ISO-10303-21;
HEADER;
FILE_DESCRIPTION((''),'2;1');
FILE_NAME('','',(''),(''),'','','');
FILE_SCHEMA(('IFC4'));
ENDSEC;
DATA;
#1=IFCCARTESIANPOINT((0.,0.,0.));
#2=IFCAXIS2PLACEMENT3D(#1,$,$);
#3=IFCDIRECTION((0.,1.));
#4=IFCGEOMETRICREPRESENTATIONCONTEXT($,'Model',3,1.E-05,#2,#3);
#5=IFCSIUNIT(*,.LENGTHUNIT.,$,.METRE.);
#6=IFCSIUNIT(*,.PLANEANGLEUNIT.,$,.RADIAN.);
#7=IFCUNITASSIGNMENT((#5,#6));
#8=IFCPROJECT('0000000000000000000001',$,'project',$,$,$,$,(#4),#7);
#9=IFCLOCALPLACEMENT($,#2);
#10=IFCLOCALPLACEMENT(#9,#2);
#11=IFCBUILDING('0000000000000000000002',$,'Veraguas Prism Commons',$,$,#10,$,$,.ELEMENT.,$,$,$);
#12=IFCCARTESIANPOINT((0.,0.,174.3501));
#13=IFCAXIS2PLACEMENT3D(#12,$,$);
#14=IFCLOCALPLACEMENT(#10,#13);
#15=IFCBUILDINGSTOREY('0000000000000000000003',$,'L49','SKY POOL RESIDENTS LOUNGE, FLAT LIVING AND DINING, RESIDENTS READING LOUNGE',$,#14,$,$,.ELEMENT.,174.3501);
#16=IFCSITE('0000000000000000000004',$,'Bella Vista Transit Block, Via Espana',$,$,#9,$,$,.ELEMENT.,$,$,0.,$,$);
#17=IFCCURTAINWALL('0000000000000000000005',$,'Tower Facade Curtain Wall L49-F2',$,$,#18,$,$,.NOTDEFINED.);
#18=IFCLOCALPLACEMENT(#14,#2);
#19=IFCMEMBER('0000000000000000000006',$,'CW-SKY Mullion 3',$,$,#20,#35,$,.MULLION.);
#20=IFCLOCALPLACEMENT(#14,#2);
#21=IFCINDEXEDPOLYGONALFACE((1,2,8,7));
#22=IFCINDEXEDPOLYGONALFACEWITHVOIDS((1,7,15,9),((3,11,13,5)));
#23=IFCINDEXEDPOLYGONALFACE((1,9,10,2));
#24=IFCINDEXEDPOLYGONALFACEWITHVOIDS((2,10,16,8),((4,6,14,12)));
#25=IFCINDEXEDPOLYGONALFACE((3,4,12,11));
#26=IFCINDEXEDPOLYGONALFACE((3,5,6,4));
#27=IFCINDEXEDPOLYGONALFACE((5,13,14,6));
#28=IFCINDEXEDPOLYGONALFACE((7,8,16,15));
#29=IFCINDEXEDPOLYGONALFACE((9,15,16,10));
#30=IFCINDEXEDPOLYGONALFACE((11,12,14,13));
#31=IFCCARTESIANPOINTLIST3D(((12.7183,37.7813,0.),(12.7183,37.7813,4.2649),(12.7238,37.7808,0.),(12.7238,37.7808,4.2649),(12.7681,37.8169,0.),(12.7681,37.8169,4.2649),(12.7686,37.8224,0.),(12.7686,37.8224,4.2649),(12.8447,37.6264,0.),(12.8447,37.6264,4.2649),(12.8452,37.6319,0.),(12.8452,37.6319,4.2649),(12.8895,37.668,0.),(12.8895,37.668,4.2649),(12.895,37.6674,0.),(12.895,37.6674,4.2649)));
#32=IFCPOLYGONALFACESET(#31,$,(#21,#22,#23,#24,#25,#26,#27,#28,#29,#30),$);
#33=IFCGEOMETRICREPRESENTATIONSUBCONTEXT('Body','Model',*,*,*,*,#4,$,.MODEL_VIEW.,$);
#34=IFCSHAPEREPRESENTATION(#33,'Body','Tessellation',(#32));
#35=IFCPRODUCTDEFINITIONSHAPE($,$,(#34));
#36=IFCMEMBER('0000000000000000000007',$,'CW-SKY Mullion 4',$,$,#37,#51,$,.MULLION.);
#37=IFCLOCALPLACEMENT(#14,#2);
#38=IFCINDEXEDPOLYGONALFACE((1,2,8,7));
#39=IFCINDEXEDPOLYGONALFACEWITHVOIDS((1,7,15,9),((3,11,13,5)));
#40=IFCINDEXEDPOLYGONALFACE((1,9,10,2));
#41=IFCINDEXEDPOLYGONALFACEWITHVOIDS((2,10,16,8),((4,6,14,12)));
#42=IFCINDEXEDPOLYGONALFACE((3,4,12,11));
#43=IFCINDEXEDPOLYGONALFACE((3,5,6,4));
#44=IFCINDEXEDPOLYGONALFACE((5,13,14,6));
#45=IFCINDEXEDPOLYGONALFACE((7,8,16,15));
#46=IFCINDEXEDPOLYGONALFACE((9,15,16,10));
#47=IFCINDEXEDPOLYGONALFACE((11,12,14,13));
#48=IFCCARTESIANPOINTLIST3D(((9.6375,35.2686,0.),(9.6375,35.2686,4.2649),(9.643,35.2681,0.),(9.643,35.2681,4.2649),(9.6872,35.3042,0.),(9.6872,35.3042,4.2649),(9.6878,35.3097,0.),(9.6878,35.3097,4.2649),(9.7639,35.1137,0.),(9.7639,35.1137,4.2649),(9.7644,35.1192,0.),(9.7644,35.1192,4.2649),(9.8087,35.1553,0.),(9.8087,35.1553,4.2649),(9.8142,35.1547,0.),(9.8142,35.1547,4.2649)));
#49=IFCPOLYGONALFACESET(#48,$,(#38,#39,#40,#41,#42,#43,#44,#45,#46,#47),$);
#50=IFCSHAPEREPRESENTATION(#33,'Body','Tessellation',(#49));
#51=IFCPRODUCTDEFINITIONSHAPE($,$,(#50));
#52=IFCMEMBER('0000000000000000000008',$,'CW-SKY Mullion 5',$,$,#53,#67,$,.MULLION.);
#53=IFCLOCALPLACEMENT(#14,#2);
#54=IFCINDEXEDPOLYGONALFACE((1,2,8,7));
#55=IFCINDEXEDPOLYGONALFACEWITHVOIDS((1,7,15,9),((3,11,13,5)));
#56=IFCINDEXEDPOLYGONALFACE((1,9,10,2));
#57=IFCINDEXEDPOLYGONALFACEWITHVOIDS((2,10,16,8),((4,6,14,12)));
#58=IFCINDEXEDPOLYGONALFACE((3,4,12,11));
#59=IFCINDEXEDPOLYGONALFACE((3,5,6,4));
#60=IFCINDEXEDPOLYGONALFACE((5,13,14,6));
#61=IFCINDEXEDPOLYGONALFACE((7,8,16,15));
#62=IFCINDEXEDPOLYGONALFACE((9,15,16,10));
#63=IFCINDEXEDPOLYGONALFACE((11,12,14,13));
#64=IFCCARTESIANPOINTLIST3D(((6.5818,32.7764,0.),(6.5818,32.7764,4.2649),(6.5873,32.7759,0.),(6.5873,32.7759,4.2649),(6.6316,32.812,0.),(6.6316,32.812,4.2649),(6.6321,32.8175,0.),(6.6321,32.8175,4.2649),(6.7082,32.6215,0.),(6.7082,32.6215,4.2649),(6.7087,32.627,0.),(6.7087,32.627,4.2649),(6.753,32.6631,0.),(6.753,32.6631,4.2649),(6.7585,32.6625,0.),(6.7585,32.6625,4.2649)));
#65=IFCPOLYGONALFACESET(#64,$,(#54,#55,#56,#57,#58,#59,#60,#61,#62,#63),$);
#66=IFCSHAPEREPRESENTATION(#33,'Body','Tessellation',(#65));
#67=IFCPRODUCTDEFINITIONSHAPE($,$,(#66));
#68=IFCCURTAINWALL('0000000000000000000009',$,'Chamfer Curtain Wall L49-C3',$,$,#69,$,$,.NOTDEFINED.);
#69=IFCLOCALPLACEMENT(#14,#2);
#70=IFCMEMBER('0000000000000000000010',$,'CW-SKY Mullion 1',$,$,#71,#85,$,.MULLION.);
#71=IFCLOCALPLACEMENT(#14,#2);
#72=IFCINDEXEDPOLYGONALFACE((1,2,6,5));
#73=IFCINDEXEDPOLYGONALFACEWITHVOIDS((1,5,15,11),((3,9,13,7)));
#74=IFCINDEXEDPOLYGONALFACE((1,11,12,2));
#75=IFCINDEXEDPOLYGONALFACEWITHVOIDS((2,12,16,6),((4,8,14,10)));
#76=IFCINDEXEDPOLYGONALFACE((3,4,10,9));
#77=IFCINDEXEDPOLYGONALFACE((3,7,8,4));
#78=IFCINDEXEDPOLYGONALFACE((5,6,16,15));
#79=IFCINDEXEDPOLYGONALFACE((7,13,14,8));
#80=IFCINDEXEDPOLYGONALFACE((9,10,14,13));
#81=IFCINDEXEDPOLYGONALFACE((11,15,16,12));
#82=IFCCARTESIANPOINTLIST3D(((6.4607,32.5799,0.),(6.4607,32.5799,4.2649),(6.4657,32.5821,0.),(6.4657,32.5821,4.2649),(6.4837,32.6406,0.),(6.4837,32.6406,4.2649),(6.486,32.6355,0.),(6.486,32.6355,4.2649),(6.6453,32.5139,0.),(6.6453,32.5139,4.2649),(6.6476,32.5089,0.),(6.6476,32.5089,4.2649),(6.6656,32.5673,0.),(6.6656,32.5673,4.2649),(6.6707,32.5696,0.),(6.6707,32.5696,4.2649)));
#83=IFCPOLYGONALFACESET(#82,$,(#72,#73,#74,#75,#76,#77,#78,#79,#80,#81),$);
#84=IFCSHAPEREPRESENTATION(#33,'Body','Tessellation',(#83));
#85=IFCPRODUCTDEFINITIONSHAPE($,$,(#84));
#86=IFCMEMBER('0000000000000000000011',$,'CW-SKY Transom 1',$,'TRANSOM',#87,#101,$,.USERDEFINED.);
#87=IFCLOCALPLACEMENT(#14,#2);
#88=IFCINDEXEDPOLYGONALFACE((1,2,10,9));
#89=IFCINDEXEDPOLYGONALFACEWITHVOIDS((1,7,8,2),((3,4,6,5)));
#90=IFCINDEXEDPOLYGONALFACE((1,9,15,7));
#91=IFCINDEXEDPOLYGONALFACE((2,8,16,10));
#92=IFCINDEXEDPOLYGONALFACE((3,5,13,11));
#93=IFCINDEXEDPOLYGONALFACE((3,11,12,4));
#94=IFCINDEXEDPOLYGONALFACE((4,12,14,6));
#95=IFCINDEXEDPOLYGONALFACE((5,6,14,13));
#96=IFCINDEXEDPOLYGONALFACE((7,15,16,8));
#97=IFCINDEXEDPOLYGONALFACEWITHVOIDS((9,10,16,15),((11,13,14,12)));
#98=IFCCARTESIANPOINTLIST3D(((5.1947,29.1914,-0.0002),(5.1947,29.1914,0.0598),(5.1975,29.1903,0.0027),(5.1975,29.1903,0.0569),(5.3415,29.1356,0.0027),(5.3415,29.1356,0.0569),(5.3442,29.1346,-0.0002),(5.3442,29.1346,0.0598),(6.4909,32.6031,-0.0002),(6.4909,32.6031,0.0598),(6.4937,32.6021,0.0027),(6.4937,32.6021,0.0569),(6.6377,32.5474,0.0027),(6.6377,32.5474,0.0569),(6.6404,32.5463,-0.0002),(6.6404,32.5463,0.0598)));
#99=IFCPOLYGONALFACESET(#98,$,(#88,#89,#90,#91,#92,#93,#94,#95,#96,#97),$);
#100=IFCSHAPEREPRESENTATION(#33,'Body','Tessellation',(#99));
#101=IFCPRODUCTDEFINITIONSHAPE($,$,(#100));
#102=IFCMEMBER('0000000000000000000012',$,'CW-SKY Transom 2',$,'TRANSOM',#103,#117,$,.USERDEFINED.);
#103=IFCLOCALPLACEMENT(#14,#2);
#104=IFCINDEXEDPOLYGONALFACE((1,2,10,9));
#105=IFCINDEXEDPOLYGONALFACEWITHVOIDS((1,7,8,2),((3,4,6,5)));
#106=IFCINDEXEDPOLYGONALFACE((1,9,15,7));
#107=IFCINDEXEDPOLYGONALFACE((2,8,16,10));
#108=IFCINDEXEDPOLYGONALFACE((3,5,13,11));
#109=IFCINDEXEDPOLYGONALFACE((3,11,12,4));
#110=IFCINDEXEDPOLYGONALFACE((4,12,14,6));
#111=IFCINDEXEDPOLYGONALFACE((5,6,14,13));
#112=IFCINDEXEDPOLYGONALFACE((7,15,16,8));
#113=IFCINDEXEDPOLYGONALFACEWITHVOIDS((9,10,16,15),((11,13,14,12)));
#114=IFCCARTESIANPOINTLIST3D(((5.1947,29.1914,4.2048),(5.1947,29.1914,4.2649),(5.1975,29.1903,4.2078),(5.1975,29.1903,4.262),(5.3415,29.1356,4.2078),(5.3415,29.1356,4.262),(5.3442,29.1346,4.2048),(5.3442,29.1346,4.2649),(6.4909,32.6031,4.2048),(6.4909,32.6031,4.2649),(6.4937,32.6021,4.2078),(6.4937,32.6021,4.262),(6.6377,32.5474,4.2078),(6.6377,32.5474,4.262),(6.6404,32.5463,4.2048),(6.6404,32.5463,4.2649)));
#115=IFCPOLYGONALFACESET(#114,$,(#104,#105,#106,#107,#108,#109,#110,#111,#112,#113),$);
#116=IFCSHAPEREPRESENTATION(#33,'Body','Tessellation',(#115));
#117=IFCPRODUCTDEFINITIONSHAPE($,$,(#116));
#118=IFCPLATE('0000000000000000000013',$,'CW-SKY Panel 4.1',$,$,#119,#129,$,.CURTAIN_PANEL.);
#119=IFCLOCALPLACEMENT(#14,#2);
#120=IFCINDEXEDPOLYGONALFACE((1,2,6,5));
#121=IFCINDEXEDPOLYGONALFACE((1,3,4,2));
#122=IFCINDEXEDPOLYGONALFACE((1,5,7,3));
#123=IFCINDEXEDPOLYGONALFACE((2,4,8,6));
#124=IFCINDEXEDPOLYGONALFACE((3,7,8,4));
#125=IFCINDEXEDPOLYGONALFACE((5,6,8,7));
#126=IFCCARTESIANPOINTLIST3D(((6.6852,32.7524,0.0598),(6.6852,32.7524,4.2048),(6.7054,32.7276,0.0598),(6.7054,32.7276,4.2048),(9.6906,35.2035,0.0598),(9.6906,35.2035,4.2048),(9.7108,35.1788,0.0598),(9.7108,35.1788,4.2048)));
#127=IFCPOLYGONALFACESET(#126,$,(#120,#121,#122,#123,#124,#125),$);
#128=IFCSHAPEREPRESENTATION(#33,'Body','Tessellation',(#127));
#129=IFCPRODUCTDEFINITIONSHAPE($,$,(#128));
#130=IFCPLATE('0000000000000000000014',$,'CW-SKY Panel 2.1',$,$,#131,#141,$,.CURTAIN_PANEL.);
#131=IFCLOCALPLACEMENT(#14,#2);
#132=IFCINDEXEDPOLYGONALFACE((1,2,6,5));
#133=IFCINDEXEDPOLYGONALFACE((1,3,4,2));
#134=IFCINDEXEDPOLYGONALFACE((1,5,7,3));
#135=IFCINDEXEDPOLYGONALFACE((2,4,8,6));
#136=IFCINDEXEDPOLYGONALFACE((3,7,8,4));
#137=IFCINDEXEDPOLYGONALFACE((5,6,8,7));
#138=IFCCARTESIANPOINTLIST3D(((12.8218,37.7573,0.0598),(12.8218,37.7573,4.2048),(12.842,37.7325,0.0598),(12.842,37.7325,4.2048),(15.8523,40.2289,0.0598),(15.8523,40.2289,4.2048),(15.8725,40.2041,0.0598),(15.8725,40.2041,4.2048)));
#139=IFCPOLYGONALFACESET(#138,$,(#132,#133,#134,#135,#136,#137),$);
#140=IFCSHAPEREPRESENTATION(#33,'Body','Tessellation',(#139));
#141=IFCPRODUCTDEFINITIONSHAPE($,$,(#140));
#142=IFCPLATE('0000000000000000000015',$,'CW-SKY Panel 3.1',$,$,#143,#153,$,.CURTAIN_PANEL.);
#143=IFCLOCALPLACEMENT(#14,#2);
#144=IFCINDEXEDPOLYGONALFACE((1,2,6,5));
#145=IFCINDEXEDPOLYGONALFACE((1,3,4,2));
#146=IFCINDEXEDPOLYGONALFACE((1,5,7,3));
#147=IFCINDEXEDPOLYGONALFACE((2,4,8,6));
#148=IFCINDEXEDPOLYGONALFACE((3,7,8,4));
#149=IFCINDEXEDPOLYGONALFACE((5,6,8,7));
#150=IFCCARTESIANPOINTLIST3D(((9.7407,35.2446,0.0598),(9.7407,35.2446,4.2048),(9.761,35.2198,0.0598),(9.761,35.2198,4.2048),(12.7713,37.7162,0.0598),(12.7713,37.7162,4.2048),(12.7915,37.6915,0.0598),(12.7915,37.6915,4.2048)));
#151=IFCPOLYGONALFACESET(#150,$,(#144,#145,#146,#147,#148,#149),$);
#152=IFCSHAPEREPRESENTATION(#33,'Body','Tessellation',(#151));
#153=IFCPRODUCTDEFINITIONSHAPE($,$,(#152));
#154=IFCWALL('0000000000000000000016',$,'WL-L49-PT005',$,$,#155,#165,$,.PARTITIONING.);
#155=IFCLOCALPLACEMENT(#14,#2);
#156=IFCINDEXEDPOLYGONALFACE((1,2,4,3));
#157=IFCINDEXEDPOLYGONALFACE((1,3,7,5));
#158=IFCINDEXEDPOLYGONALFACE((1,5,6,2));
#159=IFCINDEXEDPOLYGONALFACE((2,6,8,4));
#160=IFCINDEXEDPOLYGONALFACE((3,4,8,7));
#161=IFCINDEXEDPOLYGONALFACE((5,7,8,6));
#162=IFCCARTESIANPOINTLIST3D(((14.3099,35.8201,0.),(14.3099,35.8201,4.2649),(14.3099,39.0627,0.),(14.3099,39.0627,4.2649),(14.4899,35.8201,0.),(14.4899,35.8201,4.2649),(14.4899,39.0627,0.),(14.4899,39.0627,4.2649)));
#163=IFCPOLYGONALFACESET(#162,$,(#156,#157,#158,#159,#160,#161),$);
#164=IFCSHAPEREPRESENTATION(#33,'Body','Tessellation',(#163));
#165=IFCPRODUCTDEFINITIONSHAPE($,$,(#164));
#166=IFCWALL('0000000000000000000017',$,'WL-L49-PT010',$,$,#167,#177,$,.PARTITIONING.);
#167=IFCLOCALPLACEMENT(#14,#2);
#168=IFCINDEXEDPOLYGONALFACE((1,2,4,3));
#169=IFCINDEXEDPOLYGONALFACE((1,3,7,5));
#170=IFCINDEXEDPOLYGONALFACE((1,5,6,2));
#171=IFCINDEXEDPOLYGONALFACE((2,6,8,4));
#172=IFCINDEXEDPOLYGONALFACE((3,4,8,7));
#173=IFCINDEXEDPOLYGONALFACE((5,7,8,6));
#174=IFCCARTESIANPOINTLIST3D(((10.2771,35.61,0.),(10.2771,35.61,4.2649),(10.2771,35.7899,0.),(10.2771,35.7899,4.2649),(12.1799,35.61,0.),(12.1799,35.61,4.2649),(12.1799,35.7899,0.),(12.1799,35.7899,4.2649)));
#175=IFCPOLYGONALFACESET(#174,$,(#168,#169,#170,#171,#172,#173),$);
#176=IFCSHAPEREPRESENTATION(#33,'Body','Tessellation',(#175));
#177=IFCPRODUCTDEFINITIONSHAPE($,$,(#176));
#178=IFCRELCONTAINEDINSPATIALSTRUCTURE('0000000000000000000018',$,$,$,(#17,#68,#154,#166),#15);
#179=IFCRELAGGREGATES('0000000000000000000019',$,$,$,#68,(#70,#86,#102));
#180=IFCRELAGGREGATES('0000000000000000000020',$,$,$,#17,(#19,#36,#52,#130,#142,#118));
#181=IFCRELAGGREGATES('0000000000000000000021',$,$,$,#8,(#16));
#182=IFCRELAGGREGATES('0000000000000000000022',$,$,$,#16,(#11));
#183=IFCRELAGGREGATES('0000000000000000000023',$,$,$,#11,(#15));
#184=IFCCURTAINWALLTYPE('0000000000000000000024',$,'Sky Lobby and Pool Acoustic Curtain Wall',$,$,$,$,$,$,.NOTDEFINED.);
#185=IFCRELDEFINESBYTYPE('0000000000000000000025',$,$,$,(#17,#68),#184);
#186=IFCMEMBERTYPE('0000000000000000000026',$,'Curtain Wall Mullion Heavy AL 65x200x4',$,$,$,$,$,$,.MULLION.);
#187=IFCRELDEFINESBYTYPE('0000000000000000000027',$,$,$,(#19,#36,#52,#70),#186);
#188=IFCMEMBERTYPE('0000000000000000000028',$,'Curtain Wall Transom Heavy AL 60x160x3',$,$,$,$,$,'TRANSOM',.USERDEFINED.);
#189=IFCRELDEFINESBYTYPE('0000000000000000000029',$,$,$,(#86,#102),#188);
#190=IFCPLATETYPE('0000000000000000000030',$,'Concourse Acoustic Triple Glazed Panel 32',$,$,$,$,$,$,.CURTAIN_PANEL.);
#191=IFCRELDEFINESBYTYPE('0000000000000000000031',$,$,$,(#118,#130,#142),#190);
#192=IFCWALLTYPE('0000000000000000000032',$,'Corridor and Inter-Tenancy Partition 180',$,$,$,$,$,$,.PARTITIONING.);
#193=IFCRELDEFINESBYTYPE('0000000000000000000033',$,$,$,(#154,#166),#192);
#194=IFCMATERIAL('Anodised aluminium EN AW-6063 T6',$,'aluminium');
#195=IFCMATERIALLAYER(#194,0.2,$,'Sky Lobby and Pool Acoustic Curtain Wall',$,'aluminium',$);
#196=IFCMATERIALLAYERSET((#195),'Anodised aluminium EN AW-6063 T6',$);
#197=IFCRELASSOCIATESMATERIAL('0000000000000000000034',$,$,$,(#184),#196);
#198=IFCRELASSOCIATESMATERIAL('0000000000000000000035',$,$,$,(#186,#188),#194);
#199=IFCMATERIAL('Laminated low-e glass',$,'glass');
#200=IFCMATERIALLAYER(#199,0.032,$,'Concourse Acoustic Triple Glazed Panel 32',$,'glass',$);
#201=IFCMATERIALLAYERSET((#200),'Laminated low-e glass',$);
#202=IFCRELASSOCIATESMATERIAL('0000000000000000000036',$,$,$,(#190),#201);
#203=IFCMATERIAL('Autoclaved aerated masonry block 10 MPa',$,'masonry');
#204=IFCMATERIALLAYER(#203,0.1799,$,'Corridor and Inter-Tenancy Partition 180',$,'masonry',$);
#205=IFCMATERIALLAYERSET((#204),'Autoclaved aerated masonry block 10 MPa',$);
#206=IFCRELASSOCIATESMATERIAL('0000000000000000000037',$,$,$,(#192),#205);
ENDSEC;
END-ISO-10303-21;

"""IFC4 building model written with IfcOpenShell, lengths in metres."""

from ifc_helpers import new_model, si_unit, direction, frame, frame_2d, origin, origin_2d, place, context, subcontext, project, spatial, rectangle, hollow_rectangle, extrude, source, transform, mapped, material, layer, layer_set, material_profile, profile_set, type_object, element, aggregate, save


model = new_model("IFC4")

# Units and contexts
model_context = context("Model", 3, precision=1e-05, world=origin(), true_north=direction((0.0, 1.0)))
body_context = subcontext(model_context, "Body", "Model", "MODEL_VIEW")
ifc_project = project(units=[si_unit("LENGTHUNIT", "METRE"), si_unit("PLANEANGLEUNIT", "RADIAN")], contexts=[model_context])

# Site, building, storey
site_placement = place(None, origin())
site = spatial("IfcSite", under=ifc_project, at=site_placement, Name="Bella Vista Transit Block, Via Espana", CompositionType="ELEMENT", RefElevation=0.0)
building_placement = place(site_placement, origin())
building = spatial("IfcBuilding", under=site, at=building_placement, Name="Veraguas Prism Commons", CompositionType="ELEMENT")
storey_placement = place(building_placement, frame((0.0, 0.0, 174.3501)))
storey = spatial("IfcBuildingStorey", under=building, at=storey_placement, Name="L49", Description="SKY POOL RESIDENTS LOUNGE, FLAT LIVING AND DINING, RESIDENTS READING LOUNGE", CompositionType="ELEMENT", Elevation=174.3501)

# Curtain walls, members
ifc_material_1 = material(Name="Anodised aluminium EN AW-6063 T6", Category="aluminium")
ifc_layer_1 = layer(ifc_material_1, 0.2, Name="Sky Lobby and Pool Acoustic Curtain Wall", Category="aluminium")
ifc_layer_set_1 = layer_set([ifc_layer_1], Name="Anodised aluminium EN AW-6063 T6")
curtain_wall_type = type_object("IfcCurtainWallType", Name="Sky Lobby and Pool Acoustic Curtain Wall", PredefinedType="NOTDEFINED", material=ifc_layer_set_1)
curtain_wall_1_placement = place(storey_placement, origin())
curtain_wall_1 = element("IfcCurtainWall", 1, at=curtain_wall_1_placement, inside=storey, type_object=curtain_wall_type, Name="Tower Facade Curtain Wall L49-F2", PredefinedType="NOTDEFINED")
ifc_material_profile_1 = material_profile(ifc_material_1, hollow_rectangle(XDim=0.0649, YDim=0.2, WallThickness=0.0039, at=origin_2d()), Name="AL65X200X4")
ifc_profile_set_1 = profile_set([ifc_material_profile_1], Name="Anodised aluminium EN AW-6063 T6")
member_type_1 = type_object("IfcMemberType", Name="Curtain Wall Mullion Heavy AL 65x200x4", PredefinedType="MULLION", material=ifc_profile_set_1)
shared_shape_1 = source(origin(), body_context, "Body", "SweptSolid", [
    extrude(hollow_rectangle(XDim=0.0649, YDim=0.2, WallThickness=0.0039, at=origin_2d()), origin(), (0.0, 0.0, 1.0), 4.2649),
])
member_1_placement = place(storey_placement, frame((12.8066, 37.7244, 0.0), z_axis=(0.0, 0.0, 1.0), x_axis=(-0.774941, -0.632033, 0.0)))
member_1 = element("IfcMember", 2, at=member_1_placement, type_object=member_type_1, Name="CW-SKY Mullion 3", PredefinedType="MULLION", context=body_context, shape_type="MappedRepresentation", body=[
    mapped(shared_shape_1, transform((0.0, 0.0, 0.0), scale=1.0)),
])
member_2_placement = place(storey_placement, frame((9.7258, 35.2117, 0.0), z_axis=(0.0, 0.0, 1.0), x_axis=(-0.774941, -0.632033, 0.0)))
member_2 = element("IfcMember", 3, at=member_2_placement, type_object=member_type_1, Name="CW-SKY Mullion 4", PredefinedType="MULLION", context=body_context, shape_type="MappedRepresentation", body=[
    mapped(shared_shape_1, transform((0.0, 0.0, 0.0), scale=1.0)),
])
member_3_placement = place(storey_placement, frame((6.6702, 32.7195, 0.0), z_axis=(0.0, 0.0, 1.0), x_axis=(-0.774941, -0.632033, 0.0)))
member_3 = element("IfcMember", 4, at=member_3_placement, type_object=member_type_1, Name="CW-SKY Mullion 5", PredefinedType="MULLION", context=body_context, shape_type="MappedRepresentation", body=[
    mapped(shared_shape_1, transform((0.0, 0.0, 0.0), scale=1.0)),
])
curtain_wall_2_placement = place(storey_placement, origin())
curtain_wall_2 = element("IfcCurtainWall", 5, at=curtain_wall_2_placement, inside=storey, type_object=curtain_wall_type, Name="Chamfer Curtain Wall L49-C3", PredefinedType="NOTDEFINED")
member_4_placement = place(storey_placement, frame((6.5657, 32.5747, 0.0), z_axis=(0.0, 0.0, 1.0), x_axis=(-0.355107, -0.934826, 0.0)))
member_4 = element("IfcMember", 6, at=member_4_placement, type_object=member_type_1, Name="CW-SKY Mullion 1", PredefinedType="MULLION", context=body_context, shape_type="MappedRepresentation", body=[
    mapped(shared_shape_1, transform((0.0, 0.0, 0.0), scale=1.0)),
])
ifc_material_profile_2 = material_profile(ifc_material_1, hollow_rectangle(XDim=0.0601, YDim=0.1599, WallThickness=0.0029, at=origin_2d()), Name="AL60X160X3")
ifc_profile_set_2 = profile_set([ifc_material_profile_2], Name="Anodised aluminium EN AW-6063 T6")
member_type_2 = type_object("IfcMemberType", Name="Curtain Wall Transom Heavy AL 60x160x3", ElementType="TRANSOM", PredefinedType="USERDEFINED", material=ifc_profile_set_2)
shared_shape_2 = source(origin(), body_context, "Body", "SweptSolid", [
    extrude(hollow_rectangle(XDim=0.0601, YDim=0.1599, WallThickness=0.0029, at=origin_2d()), origin(), (0.0, 0.0, 1.0), 3.6497),
])
member_5_placement = place(storey_placement, frame((6.5657, 32.5747, 0.0298), z_axis=(-0.355152, -0.934808, 0.0), x_axis=(0.0, 0.0, 1.0)))
member_5 = element("IfcMember", 7, at=member_5_placement, type_object=member_type_2, Name="CW-SKY Transom 1", ObjectType="TRANSOM", PredefinedType="USERDEFINED", context=body_context, shape_type="MappedRepresentation", body=[
    mapped(shared_shape_2, transform((0.0, 0.0, 0.0), scale=1.0)),
])
member_6_placement = place(storey_placement, frame((6.5657, 32.5747, 4.2349), z_axis=(-0.355152, -0.934808, 0.0), x_axis=(0.0, 0.0, 1.0)))
member_6 = element("IfcMember", 8, at=member_6_placement, type_object=member_type_2, Name="CW-SKY Transom 2", ObjectType="TRANSOM", PredefinedType="USERDEFINED", context=body_context, shape_type="MappedRepresentation", body=[
    mapped(shared_shape_2, transform((0.0, 0.0, 0.0), scale=1.0)),
])
aggregate(curtain_wall_2, [member_4, member_5, member_6])

# Plates
ifc_material_2 = material(Name="Laminated low-e glass", Category="glass")
ifc_layer_2 = layer(ifc_material_2, 0.032, Name="Concourse Acoustic Triple Glazed Panel 32", Category="glass")
ifc_layer_set_2 = layer_set([ifc_layer_2], Name="Laminated low-e glass")
plate_type = type_object("IfcPlateType", Name="Concourse Acoustic Triple Glazed Panel 32", PredefinedType="CURTAIN_PANEL", material=ifc_layer_set_2)
shared_shape_3 = source(origin(), body_context, "Body", "SweptSolid", [
    extrude(rectangle(XDim=3.8782, YDim=0.032, at=origin_2d()), origin(), (0.0, 0.0, 1.0), 4.145),
])
plate_1_placement = place(storey_placement, frame((8.198, 33.9656, 0.0598), z_axis=(0.0, 0.0, 1.0), x_axis=(-0.774941, -0.632033, 0.0)))
plate_1 = element("IfcPlate", 9, at=plate_1_placement, type_object=plate_type, Name="CW-SKY Panel 4.1", PredefinedType="CURTAIN_PANEL", context=body_context, shape_type="MappedRepresentation", body=[
    mapped(shared_shape_3, transform((0.0, 0.0, 0.0), scale=1.0)),
])
shared_shape_4 = source(origin(), body_context, "Body", "SweptSolid", [
    extrude(rectangle(XDim=3.9106, YDim=0.032, at=origin_2d()), origin(), (0.0, 0.0, 1.0), 4.145),
])
plate_2_placement = place(storey_placement, frame((14.3472, 38.9807, 0.0598), z_axis=(0.0, 0.0, 1.0), x_axis=(-0.774941, -0.632033, 0.0)))
plate_2 = element("IfcPlate", 10, at=plate_2_placement, type_object=plate_type, Name="CW-SKY Panel 2.1", PredefinedType="CURTAIN_PANEL", context=body_context, shape_type="MappedRepresentation", body=[
    mapped(shared_shape_4, transform((0.0, 0.0, 0.0), scale=1.0)),
])
plate_3_placement = place(storey_placement, frame((11.2661, 36.468, 0.0598), z_axis=(0.0, 0.0, 1.0), x_axis=(-0.774941, -0.632033, 0.0)))
plate_3 = element("IfcPlate", 11, at=plate_3_placement, type_object=plate_type, Name="CW-SKY Panel 3.1", PredefinedType="CURTAIN_PANEL", context=body_context, shape_type="MappedRepresentation", body=[
    mapped(shared_shape_4, transform((0.0, 0.0, 0.0), scale=1.0)),
])
aggregate(curtain_wall_1, [member_1, member_2, member_3, plate_2, plate_3, plate_1])

# Walls
ifc_material_3 = material(Name="Autoclaved aerated masonry block 10 MPa", Category="masonry")
ifc_layer_3 = layer(ifc_material_3, 0.1799, Name="Corridor and Inter-Tenancy Partition 180", Category="masonry")
ifc_layer_set_3 = layer_set([ifc_layer_3], Name="Autoclaved aerated masonry block 10 MPa")
wall_type_1 = type_object("IfcWallType", Name="Corridor and Inter-Tenancy Partition 180", PredefinedType="PARTITIONING", material=ifc_layer_set_3)
wall_1_placement = place(storey_placement, frame((14.3999, 35.8201, 0.0), z_axis=(0.0, 0.0, 1.0), x_axis=(0.0, 1.0, 0.0)))
element("IfcWall", 12, at=wall_1_placement, inside=storey, type_object=wall_type_1, Name="WL-L49-PT005", PredefinedType="PARTITIONING", context=body_context, shape_type="SweptSolid", body=[
    extrude(rectangle(XDim=3.2427, YDim=0.1799, at=frame_2d((1.6213, 0.0))), origin(), (0.0, 0.0, 1.0), 4.2649),
])
wall_2_placement = place(storey_placement, frame((12.1799, 35.7, 0.0), z_axis=(0.0, 0.0, 1.0), x_axis=(-1.0, 0.0, 0.0)))
element("IfcWall", 13, at=wall_2_placement, inside=storey, type_object=wall_type_1, Name="WL-L49-PT010", PredefinedType="PARTITIONING", context=body_context, shape_type="SweptSolid", body=[
    extrude(rectangle(XDim=1.9028, YDim=0.1799, at=frame_2d((0.9514, 0.0))), origin(), (0.0, 0.0, 1.0), 4.2649),
])

save(model, "model.ifc")
